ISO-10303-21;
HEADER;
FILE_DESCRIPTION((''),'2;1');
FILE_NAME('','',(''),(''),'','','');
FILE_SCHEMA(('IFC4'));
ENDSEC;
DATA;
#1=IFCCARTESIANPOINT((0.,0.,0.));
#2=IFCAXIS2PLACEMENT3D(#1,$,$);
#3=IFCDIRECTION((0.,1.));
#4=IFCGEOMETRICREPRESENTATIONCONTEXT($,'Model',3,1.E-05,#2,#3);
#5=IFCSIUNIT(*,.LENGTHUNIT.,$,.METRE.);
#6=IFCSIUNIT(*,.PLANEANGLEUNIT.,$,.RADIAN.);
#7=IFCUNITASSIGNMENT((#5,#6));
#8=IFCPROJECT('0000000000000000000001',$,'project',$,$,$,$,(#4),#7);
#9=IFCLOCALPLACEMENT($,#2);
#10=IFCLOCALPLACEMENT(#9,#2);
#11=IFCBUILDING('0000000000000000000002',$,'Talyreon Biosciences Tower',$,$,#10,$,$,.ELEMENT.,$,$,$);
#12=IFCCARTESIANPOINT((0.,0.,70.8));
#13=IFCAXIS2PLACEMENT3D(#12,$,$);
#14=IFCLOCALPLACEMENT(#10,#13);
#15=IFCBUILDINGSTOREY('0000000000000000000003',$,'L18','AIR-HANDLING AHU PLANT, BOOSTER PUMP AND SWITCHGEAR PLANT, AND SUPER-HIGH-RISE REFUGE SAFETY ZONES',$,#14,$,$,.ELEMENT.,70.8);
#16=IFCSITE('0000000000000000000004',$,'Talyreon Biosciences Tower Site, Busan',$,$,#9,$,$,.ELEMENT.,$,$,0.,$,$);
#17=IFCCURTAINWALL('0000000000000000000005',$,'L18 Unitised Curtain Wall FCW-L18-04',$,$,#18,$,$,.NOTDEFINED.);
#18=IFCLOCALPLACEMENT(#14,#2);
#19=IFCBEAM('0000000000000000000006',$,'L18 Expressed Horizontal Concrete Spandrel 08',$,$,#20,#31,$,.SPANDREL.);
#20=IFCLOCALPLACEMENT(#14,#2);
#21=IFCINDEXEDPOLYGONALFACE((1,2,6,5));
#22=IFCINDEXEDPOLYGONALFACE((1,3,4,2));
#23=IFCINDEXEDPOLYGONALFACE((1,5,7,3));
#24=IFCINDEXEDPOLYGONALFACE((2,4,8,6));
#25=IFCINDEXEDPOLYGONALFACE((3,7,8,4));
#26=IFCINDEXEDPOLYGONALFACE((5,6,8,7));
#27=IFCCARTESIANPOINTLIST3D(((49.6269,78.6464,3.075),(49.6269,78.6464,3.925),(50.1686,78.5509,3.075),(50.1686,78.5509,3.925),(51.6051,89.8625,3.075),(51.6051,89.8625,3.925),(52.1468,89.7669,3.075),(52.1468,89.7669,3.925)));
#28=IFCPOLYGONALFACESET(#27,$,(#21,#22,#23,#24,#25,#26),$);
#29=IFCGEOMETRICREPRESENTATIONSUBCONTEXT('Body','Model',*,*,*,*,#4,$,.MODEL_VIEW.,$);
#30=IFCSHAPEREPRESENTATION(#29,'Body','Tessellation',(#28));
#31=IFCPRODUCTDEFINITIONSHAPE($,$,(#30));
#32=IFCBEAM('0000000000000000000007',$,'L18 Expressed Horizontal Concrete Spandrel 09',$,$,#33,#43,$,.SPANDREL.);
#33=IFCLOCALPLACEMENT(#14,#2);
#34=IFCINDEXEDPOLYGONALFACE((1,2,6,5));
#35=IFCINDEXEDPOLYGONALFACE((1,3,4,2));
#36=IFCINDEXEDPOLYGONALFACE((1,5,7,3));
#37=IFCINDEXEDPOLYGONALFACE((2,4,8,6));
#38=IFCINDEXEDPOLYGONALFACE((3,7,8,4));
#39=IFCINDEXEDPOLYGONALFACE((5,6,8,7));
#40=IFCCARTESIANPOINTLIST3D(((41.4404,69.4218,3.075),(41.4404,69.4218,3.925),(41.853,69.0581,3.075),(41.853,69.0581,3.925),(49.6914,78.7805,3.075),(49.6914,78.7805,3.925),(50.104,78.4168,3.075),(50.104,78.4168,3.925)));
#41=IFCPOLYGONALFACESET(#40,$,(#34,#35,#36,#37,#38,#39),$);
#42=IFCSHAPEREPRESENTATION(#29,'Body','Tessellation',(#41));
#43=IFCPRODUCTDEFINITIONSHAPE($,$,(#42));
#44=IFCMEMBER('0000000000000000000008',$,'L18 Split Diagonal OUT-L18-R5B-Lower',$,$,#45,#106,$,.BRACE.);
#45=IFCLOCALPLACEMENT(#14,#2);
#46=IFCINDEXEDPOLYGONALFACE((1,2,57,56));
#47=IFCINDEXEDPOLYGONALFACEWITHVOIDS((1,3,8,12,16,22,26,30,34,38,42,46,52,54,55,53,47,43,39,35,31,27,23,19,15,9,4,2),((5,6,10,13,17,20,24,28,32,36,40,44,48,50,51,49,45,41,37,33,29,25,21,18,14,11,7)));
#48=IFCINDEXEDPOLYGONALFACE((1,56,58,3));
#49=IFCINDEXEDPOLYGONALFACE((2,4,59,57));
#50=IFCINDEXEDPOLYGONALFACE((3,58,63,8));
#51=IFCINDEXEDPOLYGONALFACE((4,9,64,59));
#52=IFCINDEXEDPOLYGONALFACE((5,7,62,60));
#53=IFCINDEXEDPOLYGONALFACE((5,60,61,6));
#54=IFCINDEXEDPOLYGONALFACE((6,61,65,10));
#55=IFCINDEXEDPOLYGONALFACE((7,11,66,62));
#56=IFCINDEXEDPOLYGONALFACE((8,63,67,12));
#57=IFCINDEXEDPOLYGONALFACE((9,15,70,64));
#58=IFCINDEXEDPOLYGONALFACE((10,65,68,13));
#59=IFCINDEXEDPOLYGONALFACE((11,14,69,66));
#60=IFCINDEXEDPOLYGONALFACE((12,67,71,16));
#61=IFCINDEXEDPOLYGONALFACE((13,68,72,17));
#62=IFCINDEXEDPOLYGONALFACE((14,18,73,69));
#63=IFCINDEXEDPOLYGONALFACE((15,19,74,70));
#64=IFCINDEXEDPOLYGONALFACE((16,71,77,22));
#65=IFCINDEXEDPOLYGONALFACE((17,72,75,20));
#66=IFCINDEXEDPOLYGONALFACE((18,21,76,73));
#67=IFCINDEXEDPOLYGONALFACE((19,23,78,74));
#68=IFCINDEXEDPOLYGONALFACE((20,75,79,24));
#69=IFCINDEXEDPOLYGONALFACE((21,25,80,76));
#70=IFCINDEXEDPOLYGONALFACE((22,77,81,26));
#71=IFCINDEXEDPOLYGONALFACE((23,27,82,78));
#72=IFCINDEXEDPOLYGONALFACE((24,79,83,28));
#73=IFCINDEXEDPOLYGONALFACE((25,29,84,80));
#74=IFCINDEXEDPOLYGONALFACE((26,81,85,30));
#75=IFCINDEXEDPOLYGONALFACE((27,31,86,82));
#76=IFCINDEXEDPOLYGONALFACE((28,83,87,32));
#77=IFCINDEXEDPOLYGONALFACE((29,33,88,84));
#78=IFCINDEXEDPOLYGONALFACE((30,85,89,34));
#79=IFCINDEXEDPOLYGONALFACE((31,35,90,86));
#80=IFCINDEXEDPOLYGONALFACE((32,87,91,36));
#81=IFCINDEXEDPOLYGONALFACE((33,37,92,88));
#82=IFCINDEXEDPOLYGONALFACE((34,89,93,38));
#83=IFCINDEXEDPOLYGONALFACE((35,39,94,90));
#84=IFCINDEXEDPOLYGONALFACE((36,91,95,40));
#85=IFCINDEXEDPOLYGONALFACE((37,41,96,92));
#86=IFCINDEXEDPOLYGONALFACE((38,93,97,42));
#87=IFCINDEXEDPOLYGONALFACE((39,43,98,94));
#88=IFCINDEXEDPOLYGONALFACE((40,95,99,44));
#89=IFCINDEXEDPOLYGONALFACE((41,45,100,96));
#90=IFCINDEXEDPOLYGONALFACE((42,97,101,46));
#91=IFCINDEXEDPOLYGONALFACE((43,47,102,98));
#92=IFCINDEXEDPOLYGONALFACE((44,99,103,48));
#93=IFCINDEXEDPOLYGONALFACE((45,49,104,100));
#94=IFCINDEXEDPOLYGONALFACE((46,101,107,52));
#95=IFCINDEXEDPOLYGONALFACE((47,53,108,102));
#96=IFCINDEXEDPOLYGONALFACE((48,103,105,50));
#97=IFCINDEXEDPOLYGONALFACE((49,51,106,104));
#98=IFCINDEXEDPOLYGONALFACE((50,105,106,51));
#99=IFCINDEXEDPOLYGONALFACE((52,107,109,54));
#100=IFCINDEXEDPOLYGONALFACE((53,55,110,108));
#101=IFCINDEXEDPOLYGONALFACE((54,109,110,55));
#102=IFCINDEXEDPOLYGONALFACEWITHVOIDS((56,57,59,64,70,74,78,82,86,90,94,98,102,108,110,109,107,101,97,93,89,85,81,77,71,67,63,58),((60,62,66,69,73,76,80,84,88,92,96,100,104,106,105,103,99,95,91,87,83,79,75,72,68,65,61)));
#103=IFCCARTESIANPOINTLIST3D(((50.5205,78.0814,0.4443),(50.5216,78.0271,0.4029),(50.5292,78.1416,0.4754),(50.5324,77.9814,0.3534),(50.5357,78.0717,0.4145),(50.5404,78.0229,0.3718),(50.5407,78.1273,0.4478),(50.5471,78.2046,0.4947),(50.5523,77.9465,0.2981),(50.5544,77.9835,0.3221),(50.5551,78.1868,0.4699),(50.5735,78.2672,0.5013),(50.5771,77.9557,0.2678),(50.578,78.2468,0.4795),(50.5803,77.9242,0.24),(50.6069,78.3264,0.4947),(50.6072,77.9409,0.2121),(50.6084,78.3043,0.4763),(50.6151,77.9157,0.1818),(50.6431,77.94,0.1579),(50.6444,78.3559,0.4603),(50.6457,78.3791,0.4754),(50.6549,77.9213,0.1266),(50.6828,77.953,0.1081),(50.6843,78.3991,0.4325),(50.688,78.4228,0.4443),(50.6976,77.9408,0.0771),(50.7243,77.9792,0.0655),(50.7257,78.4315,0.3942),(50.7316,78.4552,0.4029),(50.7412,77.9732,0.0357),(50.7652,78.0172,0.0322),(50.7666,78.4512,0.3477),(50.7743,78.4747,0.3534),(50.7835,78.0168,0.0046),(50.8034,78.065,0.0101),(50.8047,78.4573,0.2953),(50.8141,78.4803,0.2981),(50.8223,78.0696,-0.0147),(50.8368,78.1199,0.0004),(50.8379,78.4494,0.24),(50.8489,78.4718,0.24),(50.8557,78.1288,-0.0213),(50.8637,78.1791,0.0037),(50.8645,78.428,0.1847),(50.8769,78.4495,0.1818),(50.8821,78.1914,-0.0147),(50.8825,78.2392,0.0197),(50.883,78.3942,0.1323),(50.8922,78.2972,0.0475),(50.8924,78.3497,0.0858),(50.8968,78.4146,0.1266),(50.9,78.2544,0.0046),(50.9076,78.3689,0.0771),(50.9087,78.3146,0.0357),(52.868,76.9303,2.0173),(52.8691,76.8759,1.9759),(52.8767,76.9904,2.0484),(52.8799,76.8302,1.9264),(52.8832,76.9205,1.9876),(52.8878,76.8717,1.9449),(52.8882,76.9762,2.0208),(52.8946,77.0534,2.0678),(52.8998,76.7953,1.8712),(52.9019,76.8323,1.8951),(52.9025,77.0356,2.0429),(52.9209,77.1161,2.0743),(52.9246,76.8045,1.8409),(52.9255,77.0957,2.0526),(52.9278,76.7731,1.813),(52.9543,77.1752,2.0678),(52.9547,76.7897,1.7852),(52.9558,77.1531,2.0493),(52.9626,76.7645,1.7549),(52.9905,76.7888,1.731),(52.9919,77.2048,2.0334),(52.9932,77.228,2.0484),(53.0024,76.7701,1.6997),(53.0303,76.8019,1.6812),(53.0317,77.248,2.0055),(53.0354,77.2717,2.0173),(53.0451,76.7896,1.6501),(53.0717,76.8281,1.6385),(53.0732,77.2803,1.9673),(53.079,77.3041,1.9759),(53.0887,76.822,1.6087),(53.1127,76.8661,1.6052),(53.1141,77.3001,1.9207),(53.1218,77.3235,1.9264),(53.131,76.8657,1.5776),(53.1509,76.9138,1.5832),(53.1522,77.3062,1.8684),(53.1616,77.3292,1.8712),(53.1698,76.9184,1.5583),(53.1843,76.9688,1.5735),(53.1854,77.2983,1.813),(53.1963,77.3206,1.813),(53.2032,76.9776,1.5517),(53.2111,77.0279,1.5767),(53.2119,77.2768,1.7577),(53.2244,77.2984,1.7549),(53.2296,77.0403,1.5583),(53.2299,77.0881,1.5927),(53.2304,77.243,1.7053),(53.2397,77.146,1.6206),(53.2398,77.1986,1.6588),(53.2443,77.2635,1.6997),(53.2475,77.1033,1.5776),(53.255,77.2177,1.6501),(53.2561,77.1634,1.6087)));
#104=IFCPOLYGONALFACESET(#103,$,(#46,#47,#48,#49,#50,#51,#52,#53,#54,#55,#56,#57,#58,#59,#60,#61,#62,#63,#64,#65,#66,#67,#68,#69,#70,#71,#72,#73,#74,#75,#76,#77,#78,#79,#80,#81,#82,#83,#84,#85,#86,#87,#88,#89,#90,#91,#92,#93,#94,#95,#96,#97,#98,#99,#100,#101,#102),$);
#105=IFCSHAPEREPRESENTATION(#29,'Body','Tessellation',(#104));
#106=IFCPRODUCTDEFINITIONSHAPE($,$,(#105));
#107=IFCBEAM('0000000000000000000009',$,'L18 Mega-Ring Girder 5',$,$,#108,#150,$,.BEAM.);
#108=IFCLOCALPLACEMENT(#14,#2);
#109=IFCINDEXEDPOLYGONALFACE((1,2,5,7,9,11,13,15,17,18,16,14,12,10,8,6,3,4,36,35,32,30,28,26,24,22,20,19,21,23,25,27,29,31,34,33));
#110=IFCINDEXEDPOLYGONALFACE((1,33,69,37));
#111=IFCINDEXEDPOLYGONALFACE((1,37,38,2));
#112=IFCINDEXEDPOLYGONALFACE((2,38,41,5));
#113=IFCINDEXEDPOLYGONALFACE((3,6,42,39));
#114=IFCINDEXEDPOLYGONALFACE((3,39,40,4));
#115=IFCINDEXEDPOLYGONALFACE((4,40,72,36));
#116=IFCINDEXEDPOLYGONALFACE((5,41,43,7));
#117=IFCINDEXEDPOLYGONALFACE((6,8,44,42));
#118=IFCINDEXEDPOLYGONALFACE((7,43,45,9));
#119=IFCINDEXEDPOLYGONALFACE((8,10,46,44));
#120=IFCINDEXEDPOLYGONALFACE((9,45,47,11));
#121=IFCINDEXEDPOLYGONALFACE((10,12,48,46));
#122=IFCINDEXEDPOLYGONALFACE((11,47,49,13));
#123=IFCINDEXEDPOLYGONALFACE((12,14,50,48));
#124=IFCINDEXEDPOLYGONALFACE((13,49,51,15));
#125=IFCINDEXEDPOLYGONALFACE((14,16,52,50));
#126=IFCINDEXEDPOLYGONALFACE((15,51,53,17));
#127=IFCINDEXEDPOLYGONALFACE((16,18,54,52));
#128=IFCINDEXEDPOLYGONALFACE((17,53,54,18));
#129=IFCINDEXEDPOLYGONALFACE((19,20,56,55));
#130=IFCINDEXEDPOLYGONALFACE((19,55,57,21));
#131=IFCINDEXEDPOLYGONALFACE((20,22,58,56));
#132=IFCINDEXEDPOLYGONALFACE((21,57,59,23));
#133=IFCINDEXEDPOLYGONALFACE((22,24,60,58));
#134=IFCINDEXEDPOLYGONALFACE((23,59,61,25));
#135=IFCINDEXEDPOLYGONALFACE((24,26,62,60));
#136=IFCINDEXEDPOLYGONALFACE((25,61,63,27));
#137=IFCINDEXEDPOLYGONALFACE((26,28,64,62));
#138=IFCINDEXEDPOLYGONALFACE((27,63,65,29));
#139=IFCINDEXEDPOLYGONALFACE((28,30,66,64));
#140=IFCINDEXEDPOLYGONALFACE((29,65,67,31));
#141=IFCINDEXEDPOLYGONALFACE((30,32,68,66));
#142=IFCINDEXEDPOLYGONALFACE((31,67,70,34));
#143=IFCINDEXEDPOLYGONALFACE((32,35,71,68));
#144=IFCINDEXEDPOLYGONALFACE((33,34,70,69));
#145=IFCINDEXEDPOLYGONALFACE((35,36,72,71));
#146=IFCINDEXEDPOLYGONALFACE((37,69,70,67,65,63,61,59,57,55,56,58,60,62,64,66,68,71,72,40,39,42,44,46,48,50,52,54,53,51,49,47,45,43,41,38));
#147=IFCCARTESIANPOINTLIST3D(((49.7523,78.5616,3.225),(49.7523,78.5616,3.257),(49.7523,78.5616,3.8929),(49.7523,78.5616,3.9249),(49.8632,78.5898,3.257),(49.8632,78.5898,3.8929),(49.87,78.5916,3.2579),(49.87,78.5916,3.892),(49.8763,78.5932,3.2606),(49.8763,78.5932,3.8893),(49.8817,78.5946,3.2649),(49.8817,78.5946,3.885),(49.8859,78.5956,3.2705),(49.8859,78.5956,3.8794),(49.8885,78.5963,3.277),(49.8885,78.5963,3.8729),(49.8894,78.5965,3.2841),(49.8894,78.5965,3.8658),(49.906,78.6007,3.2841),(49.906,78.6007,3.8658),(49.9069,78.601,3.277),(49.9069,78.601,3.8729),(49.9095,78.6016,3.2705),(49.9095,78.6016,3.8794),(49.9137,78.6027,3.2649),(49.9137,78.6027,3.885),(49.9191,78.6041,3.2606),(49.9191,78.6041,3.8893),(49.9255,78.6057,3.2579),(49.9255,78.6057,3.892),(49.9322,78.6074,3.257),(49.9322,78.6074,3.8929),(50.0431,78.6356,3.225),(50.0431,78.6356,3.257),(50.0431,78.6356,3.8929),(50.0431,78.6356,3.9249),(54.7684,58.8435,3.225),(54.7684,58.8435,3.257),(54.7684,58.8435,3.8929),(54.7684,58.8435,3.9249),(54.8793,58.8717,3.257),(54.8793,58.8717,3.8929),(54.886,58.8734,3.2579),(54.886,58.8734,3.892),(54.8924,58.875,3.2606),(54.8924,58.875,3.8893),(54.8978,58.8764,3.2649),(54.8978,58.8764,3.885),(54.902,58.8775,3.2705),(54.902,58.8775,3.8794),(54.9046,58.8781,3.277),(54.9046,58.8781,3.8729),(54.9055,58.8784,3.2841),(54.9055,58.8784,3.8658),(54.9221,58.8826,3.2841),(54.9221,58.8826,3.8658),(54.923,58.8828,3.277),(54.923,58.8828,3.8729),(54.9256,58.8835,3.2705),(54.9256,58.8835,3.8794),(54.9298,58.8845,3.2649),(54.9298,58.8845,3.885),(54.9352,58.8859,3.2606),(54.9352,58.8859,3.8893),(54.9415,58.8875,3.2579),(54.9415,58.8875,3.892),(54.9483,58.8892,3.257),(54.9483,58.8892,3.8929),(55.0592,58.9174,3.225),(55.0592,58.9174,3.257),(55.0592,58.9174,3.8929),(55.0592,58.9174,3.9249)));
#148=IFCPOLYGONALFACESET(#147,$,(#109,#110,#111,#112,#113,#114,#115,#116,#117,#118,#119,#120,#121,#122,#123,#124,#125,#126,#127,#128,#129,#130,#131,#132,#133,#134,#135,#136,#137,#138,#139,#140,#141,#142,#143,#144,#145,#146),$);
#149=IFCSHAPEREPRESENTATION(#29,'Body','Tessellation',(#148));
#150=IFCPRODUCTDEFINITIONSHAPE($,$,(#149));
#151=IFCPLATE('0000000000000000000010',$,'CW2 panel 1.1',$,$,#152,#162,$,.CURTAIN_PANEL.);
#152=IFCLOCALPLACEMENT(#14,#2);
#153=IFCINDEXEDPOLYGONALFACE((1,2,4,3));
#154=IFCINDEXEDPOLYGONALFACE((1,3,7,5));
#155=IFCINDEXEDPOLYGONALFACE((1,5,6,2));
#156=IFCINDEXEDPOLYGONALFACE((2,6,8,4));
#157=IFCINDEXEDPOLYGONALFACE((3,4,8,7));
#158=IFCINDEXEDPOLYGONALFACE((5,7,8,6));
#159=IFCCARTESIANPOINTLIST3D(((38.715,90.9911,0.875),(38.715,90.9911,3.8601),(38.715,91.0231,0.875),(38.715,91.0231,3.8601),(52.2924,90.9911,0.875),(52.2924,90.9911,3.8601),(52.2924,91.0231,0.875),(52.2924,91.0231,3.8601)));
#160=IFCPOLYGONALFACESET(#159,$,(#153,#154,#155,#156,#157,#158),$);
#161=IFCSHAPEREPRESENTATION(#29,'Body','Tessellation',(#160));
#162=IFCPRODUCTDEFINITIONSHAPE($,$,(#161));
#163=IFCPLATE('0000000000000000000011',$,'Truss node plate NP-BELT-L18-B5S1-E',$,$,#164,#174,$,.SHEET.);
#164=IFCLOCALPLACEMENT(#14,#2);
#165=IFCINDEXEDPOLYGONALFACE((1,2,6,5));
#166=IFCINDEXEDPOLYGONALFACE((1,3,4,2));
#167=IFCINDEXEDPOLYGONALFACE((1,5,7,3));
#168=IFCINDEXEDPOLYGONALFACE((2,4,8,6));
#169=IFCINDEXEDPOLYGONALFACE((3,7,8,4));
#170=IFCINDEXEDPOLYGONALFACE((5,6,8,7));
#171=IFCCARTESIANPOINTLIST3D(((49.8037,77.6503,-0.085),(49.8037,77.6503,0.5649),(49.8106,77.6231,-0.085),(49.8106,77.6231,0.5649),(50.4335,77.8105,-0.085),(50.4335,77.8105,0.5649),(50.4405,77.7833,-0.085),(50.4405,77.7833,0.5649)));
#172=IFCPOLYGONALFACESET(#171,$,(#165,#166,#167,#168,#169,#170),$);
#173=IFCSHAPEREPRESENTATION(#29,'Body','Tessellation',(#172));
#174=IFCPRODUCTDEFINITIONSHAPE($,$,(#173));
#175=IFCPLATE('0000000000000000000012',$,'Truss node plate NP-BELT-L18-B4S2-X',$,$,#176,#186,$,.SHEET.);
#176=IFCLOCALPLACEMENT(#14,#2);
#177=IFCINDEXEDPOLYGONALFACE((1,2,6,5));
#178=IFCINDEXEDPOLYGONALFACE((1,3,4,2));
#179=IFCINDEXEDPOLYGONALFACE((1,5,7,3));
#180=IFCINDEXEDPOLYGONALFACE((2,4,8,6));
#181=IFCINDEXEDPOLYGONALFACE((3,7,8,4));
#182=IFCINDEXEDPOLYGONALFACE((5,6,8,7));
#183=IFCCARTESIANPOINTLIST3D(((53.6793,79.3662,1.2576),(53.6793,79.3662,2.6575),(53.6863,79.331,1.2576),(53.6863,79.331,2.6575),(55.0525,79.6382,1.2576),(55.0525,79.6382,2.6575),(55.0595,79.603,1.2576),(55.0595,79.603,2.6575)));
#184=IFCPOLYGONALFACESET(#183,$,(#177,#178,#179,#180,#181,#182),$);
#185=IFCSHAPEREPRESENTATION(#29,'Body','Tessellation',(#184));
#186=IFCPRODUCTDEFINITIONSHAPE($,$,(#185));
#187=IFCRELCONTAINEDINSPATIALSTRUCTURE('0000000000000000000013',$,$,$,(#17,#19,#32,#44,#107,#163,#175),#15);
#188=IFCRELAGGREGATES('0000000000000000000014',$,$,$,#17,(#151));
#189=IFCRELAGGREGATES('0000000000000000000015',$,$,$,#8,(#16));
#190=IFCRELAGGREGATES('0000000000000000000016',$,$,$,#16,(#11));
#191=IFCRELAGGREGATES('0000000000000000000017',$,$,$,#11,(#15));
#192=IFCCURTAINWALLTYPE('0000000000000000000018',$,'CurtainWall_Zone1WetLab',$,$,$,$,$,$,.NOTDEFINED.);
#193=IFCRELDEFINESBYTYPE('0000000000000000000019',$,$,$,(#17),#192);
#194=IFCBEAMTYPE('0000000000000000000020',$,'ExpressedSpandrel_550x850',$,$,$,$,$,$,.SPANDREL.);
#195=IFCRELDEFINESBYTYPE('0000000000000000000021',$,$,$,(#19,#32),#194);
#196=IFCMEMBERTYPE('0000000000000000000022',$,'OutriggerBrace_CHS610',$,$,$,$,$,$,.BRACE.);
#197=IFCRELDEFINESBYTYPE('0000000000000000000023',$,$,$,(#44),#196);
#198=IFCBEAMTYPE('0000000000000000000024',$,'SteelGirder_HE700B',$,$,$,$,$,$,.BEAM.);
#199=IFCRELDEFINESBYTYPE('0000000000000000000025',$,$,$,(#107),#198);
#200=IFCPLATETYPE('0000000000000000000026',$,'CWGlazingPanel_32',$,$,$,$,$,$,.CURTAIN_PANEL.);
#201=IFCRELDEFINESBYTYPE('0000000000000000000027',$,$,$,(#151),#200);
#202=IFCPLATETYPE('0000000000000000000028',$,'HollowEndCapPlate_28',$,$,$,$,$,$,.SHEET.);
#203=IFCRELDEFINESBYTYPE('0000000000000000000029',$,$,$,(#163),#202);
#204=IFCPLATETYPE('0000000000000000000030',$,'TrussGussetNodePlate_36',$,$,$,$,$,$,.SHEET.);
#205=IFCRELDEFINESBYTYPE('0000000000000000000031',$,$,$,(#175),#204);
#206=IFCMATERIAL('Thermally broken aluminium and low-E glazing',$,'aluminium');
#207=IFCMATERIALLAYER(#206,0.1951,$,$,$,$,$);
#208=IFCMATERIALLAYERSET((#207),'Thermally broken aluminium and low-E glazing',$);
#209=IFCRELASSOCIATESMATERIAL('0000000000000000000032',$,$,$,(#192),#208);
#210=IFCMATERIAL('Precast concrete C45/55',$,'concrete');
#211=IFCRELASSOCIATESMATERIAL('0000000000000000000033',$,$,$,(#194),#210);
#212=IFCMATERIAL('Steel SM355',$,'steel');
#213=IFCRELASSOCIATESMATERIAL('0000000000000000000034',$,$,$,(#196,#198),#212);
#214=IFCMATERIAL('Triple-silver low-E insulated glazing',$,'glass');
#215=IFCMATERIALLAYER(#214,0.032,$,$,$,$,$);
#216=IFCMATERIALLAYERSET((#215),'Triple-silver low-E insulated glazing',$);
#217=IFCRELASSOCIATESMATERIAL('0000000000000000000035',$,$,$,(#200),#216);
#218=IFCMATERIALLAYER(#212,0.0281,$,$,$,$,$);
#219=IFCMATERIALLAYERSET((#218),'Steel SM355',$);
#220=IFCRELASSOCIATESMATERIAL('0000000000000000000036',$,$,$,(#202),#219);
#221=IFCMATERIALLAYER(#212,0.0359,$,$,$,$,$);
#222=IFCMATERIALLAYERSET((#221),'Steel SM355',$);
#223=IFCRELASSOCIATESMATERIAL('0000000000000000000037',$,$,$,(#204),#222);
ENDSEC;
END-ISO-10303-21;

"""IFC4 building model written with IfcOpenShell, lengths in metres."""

from ifc_helpers import new_model, si_unit, direction, frame, origin, origin_2d, place, context, subcontext, project, spatial, rectangle, hollow_circle, i_section, extrude, material, layer, layer_set, material_profile, profile_set, type_object, element, aggregate, save


model = new_model("IFC4")

# Units and contexts
model_context = context("Model", 3, precision=1e-05, world=origin(), true_north=direction((0.0, 1.0)))
body_context = subcontext(model_context, "Body", "Model", "MODEL_VIEW")
ifc_project = project(units=[si_unit("LENGTHUNIT", "METRE"), si_unit("PLANEANGLEUNIT", "RADIAN")], contexts=[model_context])

# Site, building, storey
site_placement = place(None, origin())
site = spatial("IfcSite", under=ifc_project, at=site_placement, Name="Talyreon Biosciences Tower Site, Busan", CompositionType="ELEMENT", RefElevation=0.0)
building_placement = place(site_placement, origin())
building = spatial("IfcBuilding", under=site, at=building_placement, Name="Talyreon Biosciences Tower", CompositionType="ELEMENT")
storey_placement = place(building_placement, frame((0.0, 0.0, 70.8)))
storey = spatial("IfcBuildingStorey", under=building, at=storey_placement, Name="L18", Description="AIR-HANDLING AHU PLANT, BOOSTER PUMP AND SWITCHGEAR PLANT, AND SUPER-HIGH-RISE REFUGE SAFETY ZONES", CompositionType="ELEMENT", Elevation=70.8)

# Shared definitions
ifc_material_1 = material(Name="Steel SM355", Category="steel")

# Shared definitions
ifc_material_2 = material(Name="Thermally broken aluminium and low-E glazing", Category="aluminium")
ifc_layer_1 = layer(ifc_material_2, 0.1951)
ifc_layer_set_1 = layer_set([ifc_layer_1], Name="Thermally broken aluminium and low-E glazing")
curtain_wall_type = type_object("IfcCurtainWallType", Name="CurtainWall_Zone1WetLab", PredefinedType="NOTDEFINED", material=ifc_layer_set_1)

# Curtain wall
curtain_wall_1_placement = place(storey_placement, origin())
curtain_wall_1 = element("IfcCurtainWall", 1, at=curtain_wall_1_placement, inside=storey, type_object=curtain_wall_type, Name="L18 Unitised Curtain Wall FCW-L18-04", PredefinedType="NOTDEFINED")

# Beams
ifc_material_3 = material(Name="Precast concrete C45/55", Category="concrete")
ifc_material_profile_1 = material_profile(ifc_material_3, rectangle(XDim=0.55, YDim=0.8501, at=origin_2d()), Name="RCB 550x850")
ifc_profile_set_1 = profile_set([ifc_material_profile_1], Name="Precast concrete C45/55")
beam_type_1 = type_object("IfcBeamType", Name="ExpressedSpandrel_550x850", PredefinedType="SPANDREL", material=ifc_profile_set_1)
beam_1_placement = place(storey_placement, frame((51.876, 89.8147, 3.5), z_axis=(-0.173697, -0.984799, 0.0), x_axis=(0.984799, -0.173697, 0.0)))
element("IfcBeam", 2, at=beam_1_placement, inside=storey, type_object=beam_type_1, Name="L18 Expressed Horizontal Concrete Spandrel 08", PredefinedType="SPANDREL", context=body_context, shape_type="SweptSolid", body=[
    extrude(rectangle(XDim=0.55, YDim=0.8501, at=origin_2d()), origin(), (0.0, 0.0, 1.0), 11.3892),
])
beam_2_placement = place(storey_placement, frame((49.8977, 78.5986, 3.5), z_axis=(-0.661322, -0.750102, 0.0), x_axis=(0.750102, -0.661322, 0.0)))
element("IfcBeam", 3, at=beam_2_placement, inside=storey, type_object=beam_type_1, Name="L18 Expressed Horizontal Concrete Spandrel 09", PredefinedType="SPANDREL", context=body_context, shape_type="SweptSolid", body=[
    extrude(rectangle(XDim=0.55, YDim=0.8501, at=origin_2d()), origin(), (0.0, 0.0, 1.0), 12.4766),
])

# Member
ifc_material_profile_2 = material_profile(ifc_material_1, hollow_circle(Radius=0.3049, WallThickness=0.0249, at=origin_2d()), Name="CHS 610x25")
ifc_profile_set_2 = profile_set([ifc_material_profile_2], Name="Steel SM355")
member_type_1 = type_object("IfcMemberType", Name="OutriggerBrace_CHS610", PredefinedType="BRACE", material=ifc_profile_set_2)
member_1_placement = place(storey_placement, frame((50.7146, 78.198, 0.24), z_axis=(0.769344, -0.37727, 0.515536), x_axis=(0.44029, 0.897856, 0.0)))
element("IfcMember", 4, at=member_1_placement, inside=storey, type_object=member_type_1, Name="L18 Split Diagonal OUT-L18-R5B-Lower", PredefinedType="BRACE", context=body_context, shape_type="SweptSolid", body=[
    extrude(hollow_circle(Radius=0.3049, WallThickness=0.0249, at=origin_2d()), origin(), (0.0, 0.0, 1.0), 3.0513),
])

# Beam
ifc_material_profile_3 = material_profile(ifc_material_1, i_section(OverallWidth=0.3, OverallDepth=0.7, WebThickness=0.0171, FlangeThickness=0.032, FilletRadius=0.0271, at=origin_2d()), Name="HE700B")
ifc_profile_set_3 = profile_set([ifc_material_profile_3], Name="Steel SM355")
beam_type_2 = type_object("IfcBeamType", Name="SteelGirder_HE700B", PredefinedType="BEAM", material=ifc_profile_set_3)
beam_3_placement = place(storey_placement, frame((49.8977, 78.5986, 3.575), z_axis=(0.246537, -0.969133, 0.0), x_axis=(0.969133, 0.246537, 0.0)))
element("IfcBeam", 5, at=beam_3_placement, inside=storey, type_object=beam_type_2, Name="L18 Mega-Ring Girder 5", PredefinedType="BEAM", context=body_context, shape_type="SweptSolid", body=[
    extrude(i_section(OverallWidth=0.3, OverallDepth=0.7, WebThickness=0.0171, FlangeThickness=0.032, FilletRadius=0.0271, at=origin_2d()), origin(), (0.0, 0.0, 1.0), 20.3462),
])

# Plate
ifc_material_4 = material(Name="Triple-silver low-E insulated glazing", Category="glass")
ifc_layer_2 = layer(ifc_material_4, 0.032)
ifc_layer_set_2 = layer_set([ifc_layer_2], Name="Triple-silver low-E insulated glazing")
plate_type_1 = type_object("IfcPlateType", Name="CWGlazingPanel_32", PredefinedType="CURTAIN_PANEL", material=ifc_layer_set_2)
plate_1_placement = place(storey_placement, frame((45.5037, 91.0071, 0.875), z_axis=(0.0, 0.0, 1.0), x_axis=(1.0, 0.0, 0.0)))
plate_1 = element("IfcPlate", 6, at=plate_1_placement, type_object=plate_type_1, Name="CW2 panel 1.1", PredefinedType="CURTAIN_PANEL", context=body_context, shape_type="SweptSolid", body=[
    extrude(rectangle(XDim=13.5774, YDim=0.032, at=origin_2d()), origin(), (0.0, 0.0, 1.0), 2.9851),
])
aggregate(curtain_wall_1, [plate_1])

# Plates
ifc_layer_3 = layer(ifc_material_1, 0.0281)
ifc_layer_set_3 = layer_set([ifc_layer_3], Name="Steel SM355")
plate_type_2 = type_object("IfcPlateType", Name="HollowEndCapPlate_28", PredefinedType="SHEET", material=ifc_layer_set_3)
plate_2_placement = place(storey_placement, frame((50.1221, 77.7168, -0.085), z_axis=(0.0, 0.0, 1.0), x_axis=(0.969132, 0.246542, 0.0)))
element("IfcPlate", 7, at=plate_2_placement, inside=storey, type_object=plate_type_2, Name="Truss node plate NP-BELT-L18-B5S1-E", PredefinedType="SHEET", context=body_context, shape_type="SweptSolid", body=[
    extrude(rectangle(XDim=0.6499, YDim=0.0281, at=origin_2d()), origin(), (0.0, 0.0, 1.0), 0.6499),
])
ifc_layer_4 = layer(ifc_material_1, 0.0359)
ifc_layer_set_4 = layer_set([ifc_layer_4], Name="Steel SM355")
plate_type_3 = type_object("IfcPlateType", Name="TrussGussetNodePlate_36", PredefinedType="SHEET", material=ifc_layer_set_4)
plate_3_placement = place(storey_placement, frame((54.3694, 79.4846, 1.2576), z_axis=(0.0, 0.0, 1.0), x_axis=(-0.980935, -0.194337, 0.0)))
element("IfcPlate", 8, at=plate_3_placement, inside=storey, type_object=plate_type_3, Name="Truss node plate NP-BELT-L18-B4S2-X", PredefinedType="SHEET", context=body_context, shape_type="SweptSolid", body=[
    extrude(rectangle(XDim=1.3999, YDim=0.0359, at=origin_2d()), origin(), (0.0, 0.0, 1.0), 1.3999),
])

save(model, "model.ifc")
